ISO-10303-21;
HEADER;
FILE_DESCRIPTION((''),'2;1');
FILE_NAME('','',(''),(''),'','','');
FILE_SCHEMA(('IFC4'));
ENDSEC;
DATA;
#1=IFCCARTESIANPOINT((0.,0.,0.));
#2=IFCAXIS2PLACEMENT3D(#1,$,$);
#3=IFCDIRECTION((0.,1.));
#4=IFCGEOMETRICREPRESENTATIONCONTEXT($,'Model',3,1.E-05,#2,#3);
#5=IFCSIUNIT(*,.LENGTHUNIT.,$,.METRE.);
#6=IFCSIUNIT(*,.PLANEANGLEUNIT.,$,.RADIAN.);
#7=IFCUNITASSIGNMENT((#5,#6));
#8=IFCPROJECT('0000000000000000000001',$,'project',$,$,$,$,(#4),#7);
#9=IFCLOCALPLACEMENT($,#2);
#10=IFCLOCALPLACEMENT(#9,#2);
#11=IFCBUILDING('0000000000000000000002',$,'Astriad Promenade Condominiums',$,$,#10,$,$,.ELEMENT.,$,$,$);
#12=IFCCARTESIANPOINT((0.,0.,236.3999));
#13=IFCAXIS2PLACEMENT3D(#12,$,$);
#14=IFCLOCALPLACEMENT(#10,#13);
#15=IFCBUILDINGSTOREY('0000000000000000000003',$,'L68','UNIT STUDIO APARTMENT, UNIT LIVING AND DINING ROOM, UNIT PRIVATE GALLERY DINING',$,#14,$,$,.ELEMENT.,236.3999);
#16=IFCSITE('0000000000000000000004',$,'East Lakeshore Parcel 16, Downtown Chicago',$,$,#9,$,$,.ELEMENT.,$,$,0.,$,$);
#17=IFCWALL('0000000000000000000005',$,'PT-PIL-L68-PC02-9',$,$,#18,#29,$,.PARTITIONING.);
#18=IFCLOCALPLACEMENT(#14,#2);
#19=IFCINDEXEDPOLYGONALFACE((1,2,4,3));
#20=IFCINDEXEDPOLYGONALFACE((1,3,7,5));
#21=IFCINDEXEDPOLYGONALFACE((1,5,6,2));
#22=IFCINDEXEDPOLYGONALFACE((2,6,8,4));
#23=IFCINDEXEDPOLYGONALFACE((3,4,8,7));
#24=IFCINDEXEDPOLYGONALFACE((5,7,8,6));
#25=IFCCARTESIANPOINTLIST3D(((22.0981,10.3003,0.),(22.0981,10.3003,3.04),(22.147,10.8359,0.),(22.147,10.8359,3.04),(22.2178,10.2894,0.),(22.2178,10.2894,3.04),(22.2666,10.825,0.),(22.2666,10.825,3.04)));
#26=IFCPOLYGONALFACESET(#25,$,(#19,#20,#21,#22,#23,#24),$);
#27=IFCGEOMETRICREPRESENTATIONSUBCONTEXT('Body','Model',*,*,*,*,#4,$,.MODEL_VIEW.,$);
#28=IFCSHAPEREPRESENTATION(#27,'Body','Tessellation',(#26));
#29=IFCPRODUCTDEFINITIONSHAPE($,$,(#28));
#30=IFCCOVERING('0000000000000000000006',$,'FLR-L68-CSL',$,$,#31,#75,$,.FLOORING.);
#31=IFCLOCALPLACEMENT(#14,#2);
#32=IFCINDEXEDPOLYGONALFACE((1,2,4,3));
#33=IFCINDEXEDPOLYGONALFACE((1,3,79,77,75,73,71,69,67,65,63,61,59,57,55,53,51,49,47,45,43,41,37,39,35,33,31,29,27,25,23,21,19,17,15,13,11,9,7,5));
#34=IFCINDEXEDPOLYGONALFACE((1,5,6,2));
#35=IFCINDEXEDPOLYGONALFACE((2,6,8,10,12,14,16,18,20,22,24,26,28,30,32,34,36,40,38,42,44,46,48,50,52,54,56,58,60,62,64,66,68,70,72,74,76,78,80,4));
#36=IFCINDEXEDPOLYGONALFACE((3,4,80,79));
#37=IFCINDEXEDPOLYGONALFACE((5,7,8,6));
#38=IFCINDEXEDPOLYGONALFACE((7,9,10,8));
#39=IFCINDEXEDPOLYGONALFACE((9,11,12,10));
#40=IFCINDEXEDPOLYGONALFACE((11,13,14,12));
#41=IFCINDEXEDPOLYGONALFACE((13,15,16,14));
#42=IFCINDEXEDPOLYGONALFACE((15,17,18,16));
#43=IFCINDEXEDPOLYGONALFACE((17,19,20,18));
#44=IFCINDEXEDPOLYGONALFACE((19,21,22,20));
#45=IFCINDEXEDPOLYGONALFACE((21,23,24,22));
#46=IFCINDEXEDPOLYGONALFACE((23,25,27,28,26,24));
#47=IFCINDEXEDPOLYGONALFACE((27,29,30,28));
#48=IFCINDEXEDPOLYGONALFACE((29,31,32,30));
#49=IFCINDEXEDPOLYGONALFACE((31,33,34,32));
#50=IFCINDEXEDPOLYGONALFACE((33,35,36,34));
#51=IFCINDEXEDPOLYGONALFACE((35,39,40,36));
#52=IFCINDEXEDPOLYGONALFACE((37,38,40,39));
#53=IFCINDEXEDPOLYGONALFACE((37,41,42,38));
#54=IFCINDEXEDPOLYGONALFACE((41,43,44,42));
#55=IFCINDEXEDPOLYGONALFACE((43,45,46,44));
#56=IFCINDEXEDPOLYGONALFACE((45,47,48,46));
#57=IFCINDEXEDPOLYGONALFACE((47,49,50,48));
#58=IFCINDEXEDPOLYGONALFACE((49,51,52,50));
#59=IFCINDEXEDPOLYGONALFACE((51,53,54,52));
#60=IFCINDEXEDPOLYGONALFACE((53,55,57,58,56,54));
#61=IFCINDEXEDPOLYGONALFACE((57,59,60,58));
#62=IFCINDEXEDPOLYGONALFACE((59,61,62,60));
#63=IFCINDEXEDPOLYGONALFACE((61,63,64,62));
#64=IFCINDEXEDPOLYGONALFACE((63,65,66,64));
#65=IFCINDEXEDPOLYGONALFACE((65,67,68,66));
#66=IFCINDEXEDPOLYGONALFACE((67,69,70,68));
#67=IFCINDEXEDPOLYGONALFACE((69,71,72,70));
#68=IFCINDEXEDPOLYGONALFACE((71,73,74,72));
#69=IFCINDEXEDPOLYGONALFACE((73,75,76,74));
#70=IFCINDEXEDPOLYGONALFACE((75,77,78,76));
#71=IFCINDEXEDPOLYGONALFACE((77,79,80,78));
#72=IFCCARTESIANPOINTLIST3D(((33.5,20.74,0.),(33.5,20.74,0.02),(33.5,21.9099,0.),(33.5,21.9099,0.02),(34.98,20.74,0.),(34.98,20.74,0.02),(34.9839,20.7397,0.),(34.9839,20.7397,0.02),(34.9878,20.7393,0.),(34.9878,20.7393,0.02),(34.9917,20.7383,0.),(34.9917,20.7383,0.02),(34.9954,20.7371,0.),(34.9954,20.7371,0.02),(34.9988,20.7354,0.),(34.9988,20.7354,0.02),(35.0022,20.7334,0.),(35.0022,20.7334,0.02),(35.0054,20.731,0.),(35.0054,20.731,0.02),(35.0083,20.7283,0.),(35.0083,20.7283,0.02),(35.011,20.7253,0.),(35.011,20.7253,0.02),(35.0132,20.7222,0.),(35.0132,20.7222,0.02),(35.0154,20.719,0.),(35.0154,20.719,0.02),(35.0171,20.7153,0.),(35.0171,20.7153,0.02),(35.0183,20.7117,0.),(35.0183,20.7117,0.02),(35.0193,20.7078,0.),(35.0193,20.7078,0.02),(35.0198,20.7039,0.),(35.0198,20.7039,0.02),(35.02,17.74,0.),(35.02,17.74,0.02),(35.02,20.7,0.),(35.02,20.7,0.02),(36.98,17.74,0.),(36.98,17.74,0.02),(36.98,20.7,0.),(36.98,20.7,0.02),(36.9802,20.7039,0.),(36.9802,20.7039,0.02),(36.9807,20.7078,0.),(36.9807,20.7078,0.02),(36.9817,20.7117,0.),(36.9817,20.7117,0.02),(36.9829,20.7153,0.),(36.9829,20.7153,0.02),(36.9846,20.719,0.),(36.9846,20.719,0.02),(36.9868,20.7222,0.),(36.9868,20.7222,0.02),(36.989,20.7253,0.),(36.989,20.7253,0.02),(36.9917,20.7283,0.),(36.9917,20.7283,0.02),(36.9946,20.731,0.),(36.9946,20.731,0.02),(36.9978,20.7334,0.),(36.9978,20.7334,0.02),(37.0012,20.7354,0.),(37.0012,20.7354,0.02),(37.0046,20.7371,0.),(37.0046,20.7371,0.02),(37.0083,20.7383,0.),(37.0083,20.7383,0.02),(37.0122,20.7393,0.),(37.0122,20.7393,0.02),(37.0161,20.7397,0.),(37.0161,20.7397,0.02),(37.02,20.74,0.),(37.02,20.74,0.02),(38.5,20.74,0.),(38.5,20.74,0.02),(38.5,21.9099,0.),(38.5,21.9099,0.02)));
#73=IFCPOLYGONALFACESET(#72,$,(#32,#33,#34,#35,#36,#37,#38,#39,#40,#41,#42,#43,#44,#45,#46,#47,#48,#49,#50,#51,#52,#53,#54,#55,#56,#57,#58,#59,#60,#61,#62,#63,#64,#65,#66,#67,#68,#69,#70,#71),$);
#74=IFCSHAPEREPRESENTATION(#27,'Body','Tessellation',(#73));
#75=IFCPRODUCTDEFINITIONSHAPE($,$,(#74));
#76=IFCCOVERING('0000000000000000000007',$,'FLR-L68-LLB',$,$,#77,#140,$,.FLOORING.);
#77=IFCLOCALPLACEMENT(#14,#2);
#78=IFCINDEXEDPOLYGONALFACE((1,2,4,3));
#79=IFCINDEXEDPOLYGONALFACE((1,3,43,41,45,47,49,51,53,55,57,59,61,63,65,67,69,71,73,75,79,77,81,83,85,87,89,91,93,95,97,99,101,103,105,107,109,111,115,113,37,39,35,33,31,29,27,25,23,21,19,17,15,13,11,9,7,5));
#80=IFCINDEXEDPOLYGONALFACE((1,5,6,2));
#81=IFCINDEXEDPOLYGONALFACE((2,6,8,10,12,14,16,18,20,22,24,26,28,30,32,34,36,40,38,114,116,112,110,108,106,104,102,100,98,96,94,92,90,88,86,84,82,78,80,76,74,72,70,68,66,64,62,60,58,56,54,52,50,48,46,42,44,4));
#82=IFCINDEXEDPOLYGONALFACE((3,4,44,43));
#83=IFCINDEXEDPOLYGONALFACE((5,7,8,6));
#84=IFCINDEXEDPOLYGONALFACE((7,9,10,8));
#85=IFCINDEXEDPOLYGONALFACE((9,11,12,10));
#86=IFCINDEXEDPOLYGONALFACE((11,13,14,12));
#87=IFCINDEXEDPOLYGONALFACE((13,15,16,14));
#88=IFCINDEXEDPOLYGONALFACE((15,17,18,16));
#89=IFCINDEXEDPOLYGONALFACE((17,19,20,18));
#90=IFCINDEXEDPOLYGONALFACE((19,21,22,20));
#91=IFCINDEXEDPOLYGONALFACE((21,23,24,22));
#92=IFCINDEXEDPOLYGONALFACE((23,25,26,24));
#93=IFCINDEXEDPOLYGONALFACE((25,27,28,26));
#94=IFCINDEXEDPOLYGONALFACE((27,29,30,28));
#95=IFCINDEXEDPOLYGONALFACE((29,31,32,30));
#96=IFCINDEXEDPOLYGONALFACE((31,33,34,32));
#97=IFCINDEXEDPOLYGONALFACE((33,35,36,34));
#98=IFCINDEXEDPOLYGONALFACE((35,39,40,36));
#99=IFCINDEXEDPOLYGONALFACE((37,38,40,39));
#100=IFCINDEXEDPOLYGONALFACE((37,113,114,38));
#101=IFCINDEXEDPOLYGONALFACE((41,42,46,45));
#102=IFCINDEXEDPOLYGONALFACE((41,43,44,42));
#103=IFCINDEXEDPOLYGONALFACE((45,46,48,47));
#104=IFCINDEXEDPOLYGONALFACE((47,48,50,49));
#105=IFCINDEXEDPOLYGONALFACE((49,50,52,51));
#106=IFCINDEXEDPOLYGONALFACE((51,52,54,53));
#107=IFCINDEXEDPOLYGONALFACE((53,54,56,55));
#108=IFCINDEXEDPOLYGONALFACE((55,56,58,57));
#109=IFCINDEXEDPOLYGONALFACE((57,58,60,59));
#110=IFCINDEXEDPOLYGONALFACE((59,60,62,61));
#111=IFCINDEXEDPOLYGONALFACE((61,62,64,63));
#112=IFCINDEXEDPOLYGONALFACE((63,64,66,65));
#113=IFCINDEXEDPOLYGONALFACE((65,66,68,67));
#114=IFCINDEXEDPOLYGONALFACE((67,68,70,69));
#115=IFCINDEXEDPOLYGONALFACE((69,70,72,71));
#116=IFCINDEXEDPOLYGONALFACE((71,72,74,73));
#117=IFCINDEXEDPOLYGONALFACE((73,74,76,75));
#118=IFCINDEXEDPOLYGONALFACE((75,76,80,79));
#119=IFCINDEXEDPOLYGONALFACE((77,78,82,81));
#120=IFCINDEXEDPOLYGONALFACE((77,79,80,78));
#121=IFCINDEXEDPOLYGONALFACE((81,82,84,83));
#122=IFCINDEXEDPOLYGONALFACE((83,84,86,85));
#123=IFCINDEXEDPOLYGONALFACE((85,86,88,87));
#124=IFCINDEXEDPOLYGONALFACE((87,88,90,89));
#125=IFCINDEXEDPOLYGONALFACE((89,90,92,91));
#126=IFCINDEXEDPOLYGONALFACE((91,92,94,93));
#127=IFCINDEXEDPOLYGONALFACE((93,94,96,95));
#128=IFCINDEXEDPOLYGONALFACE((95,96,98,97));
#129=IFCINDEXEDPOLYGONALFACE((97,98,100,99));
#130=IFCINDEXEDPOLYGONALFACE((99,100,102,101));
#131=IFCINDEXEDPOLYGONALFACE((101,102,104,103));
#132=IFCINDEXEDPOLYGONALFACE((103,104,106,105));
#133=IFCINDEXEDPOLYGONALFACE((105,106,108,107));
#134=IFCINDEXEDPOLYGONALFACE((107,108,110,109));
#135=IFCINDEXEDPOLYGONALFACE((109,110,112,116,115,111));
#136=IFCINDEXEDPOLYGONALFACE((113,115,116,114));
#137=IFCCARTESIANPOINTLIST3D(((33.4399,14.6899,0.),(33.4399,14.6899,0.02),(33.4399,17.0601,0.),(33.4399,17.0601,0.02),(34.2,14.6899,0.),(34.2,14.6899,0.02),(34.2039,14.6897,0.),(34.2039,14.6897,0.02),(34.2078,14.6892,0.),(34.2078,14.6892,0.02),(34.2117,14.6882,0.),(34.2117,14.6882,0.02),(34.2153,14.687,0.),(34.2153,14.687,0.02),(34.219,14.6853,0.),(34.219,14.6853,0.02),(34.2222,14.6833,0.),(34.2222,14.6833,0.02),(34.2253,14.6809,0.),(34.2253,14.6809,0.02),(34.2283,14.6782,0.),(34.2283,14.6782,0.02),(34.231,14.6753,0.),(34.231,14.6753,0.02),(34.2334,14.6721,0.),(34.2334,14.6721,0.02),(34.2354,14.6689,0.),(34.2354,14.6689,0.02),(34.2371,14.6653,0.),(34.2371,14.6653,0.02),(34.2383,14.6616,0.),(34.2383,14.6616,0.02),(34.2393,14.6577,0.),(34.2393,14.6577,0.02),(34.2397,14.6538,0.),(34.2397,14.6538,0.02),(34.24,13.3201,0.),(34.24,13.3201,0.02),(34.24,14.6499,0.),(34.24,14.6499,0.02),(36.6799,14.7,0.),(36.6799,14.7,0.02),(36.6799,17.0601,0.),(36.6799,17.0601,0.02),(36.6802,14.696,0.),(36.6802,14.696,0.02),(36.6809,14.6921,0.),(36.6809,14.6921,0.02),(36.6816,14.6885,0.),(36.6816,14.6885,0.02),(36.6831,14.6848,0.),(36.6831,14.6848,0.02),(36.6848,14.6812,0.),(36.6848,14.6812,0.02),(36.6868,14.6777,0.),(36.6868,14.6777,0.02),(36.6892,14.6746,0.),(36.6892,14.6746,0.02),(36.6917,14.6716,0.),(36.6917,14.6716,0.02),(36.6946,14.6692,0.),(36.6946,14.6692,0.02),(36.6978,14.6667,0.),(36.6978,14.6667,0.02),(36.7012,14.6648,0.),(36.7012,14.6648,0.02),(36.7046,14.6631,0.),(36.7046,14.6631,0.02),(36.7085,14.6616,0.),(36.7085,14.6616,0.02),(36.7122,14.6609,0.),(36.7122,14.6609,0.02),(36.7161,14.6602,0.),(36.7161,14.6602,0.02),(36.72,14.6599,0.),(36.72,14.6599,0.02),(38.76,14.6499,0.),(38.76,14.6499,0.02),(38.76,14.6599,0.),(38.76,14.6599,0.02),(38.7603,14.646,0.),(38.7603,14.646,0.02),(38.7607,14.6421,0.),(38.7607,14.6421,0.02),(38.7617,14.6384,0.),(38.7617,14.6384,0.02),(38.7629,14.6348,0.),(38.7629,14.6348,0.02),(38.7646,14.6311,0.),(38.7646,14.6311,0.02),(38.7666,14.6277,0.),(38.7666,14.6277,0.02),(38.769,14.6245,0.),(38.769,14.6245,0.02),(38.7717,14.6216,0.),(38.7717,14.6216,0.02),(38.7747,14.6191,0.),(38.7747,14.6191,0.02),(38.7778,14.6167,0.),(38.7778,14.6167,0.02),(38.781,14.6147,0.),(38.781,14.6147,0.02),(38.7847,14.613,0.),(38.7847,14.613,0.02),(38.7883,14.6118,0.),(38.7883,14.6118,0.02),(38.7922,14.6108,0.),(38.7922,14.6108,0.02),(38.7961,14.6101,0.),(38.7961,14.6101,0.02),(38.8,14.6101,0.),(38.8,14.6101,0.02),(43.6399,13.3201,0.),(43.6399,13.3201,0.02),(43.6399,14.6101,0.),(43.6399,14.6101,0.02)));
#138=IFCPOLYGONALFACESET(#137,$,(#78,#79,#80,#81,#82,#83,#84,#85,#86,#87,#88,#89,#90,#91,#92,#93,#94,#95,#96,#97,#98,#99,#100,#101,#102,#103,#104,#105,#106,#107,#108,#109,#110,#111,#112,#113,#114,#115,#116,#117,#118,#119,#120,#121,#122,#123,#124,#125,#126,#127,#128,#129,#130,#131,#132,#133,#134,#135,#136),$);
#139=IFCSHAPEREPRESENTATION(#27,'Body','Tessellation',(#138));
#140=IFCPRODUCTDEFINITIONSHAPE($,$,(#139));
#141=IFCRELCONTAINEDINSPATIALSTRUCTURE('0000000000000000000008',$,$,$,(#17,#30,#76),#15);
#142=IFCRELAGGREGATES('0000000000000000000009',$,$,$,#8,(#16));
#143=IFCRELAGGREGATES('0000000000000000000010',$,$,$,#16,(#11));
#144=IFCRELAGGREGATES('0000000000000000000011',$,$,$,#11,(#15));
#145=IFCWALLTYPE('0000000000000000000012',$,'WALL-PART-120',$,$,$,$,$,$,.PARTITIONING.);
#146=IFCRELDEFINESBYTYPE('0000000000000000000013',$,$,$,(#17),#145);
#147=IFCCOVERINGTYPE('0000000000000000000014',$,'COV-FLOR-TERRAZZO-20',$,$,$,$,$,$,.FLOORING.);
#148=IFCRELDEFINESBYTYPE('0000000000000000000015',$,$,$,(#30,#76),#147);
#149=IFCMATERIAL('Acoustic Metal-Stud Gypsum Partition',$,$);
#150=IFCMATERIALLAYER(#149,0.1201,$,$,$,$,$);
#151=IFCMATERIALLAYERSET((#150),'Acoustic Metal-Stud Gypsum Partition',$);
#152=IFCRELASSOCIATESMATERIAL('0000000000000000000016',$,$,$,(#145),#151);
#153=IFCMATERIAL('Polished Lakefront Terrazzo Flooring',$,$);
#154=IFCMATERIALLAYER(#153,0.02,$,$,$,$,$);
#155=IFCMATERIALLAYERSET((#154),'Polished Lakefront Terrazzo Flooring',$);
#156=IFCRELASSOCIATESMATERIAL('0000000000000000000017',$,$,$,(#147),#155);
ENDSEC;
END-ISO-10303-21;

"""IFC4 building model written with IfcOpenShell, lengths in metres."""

from ifc_helpers import new_model, si_unit, direction, frame, frame_2d, origin, place, context, subcontext, project, spatial, polyline, rectangle, outline, extrude, material, layer, layer_set, type_object, element, save


model = new_model("IFC4")

# Units and contexts
model_context = context("Model", 3, precision=1e-05, world=origin(), true_north=direction((0.0, 1.0)))
body_context = subcontext(model_context, "Body", "Model", "MODEL_VIEW")
ifc_project = project(units=[si_unit("LENGTHUNIT", "METRE"), si_unit("PLANEANGLEUNIT", "RADIAN")], contexts=[model_context])

# Site, building, storey
site_placement = place(None, origin())
site = spatial("IfcSite", under=ifc_project, at=site_placement, Name="East Lakeshore Parcel 16, Downtown Chicago", CompositionType="ELEMENT", RefElevation=0.0)
building_placement = place(site_placement, origin())
building = spatial("IfcBuilding", under=site, at=building_placement, Name="Astriad Promenade Condominiums", CompositionType="ELEMENT")
storey_placement = place(building_placement, frame((0.0, 0.0, 236.3999)))
storey = spatial("IfcBuildingStorey", under=building, at=storey_placement, Name="L68", Description="UNIT STUDIO APARTMENT, UNIT LIVING AND DINING ROOM, UNIT PRIVATE GALLERY DINING", CompositionType="ELEMENT", Elevation=236.3999)

# Shared definitions
ifc_material_1 = material(Name="Acoustic Metal-Stud Gypsum Partition")
ifc_layer_1 = layer(ifc_material_1, 0.1201)
ifc_layer_set_1 = layer_set([ifc_layer_1], Name="Acoustic Metal-Stud Gypsum Partition")
wall_type_1 = type_object("IfcWallType", Name="WALL-PART-120", PredefinedType="PARTITIONING", material=ifc_layer_set_1)

# Wall
wall_1_placement = place(storey_placement, frame((22.2068, 10.8306, 0.0), z_axis=(0.0, 0.0, 1.0), x_axis=(-0.090781, -0.995871, 0.0)))
element("IfcWall", 1, at=wall_1_placement, inside=storey, type_object=wall_type_1, Name="PT-PIL-L68-PC02-9", PredefinedType="PARTITIONING", context=body_context, shape_type="SweptSolid", body=[
    extrude(rectangle(XDim=0.5378, YDim=0.1201, at=frame_2d((0.269, 0.0))), origin(), (0.0, 0.0, 1.0), 3.04),
])

# Coverings
ifc_material_2 = material(Name="Polished Lakefront Terrazzo Flooring")
ifc_layer_2 = layer(ifc_material_2, 0.02)
ifc_layer_set_2 = layer_set([ifc_layer_2], Name="Polished Lakefront Terrazzo Flooring")
covering_type = type_object("IfcCoveringType", Name="COV-FLOR-TERRAZZO-20", PredefinedType="FLOORING", material=ifc_layer_set_2)
covering_1_placement = place(storey_placement, origin())
element("IfcCovering", 2, at=covering_1_placement, inside=storey, type_object=covering_type, Name="FLR-L68-CSL", PredefinedType="FLOORING", context=body_context, shape_type="SweptSolid", body=[
    extrude(outline(polyline([(36.98, 20.7), (36.98, 17.74), (35.02, 17.74), (35.02, 20.7), (35.0198, 20.7039), (35.0193, 20.7078), (35.0183, 20.7117), (35.0171, 20.7153), (35.0154, 20.719), (35.0132, 20.7222), (35.011, 20.7253), (35.0083, 20.7283), (35.0054, 20.731), (35.0022, 20.7334), (34.9988, 20.7354), (34.9954, 20.7371), (34.9917, 20.7383), (34.9878, 20.7393), (34.9839, 20.7397), (34.98, 20.74), (33.5, 20.74), (33.5, 21.9099), (38.5, 21.9099), (38.5, 20.74), (37.02, 20.74), (37.0161, 20.7397), (37.0122, 20.7393), (37.0083, 20.7383), (37.0046, 20.7371), (37.0012, 20.7354), (36.9978, 20.7334), (36.9946, 20.731), (36.9917, 20.7283), (36.989, 20.7253), (36.9868, 20.7222), (36.9846, 20.719), (36.9829, 20.7153), (36.9817, 20.7117), (36.9807, 20.7078), (36.9802, 20.7039), (36.98, 20.7)])), origin(), (0.0, 0.0, 1.0), 0.02),
])
covering_2_placement = place(storey_placement, origin())
element("IfcCovering", 3, at=covering_2_placement, inside=storey, type_object=covering_type, Name="FLR-L68-LLB", PredefinedType="FLOORING", context=body_context, shape_type="SweptSolid", body=[
    extrude(outline(polyline([(43.6399, 14.6101), (43.6399, 13.3201), (34.24, 13.3201), (34.24, 14.6499), (34.2397, 14.6538), (34.2393, 14.6577), (34.2383, 14.6616), (34.2371, 14.6653), (34.2354, 14.6689), (34.2334, 14.6721), (34.231, 14.6753), (34.2283, 14.6782), (34.2253, 14.6809), (34.2222, 14.6833), (34.219, 14.6853), (34.2153, 14.687), (34.2117, 14.6882), (34.2078, 14.6892), (34.2039, 14.6897), (34.2, 14.6899), (33.4399, 14.6899), (33.4399, 17.0601), (36.6799, 17.0601), (36.6799, 14.7), (36.6802, 14.696), (36.6809, 14.6921), (36.6816, 14.6885), (36.6831, 14.6848), (36.6848, 14.6812), (36.6868, 14.6777), (36.6892, 14.6746), (36.6917, 14.6716), (36.6946, 14.6692), (36.6978, 14.6667), (36.7012, 14.6648), (36.7046, 14.6631), (36.7085, 14.6616), (36.7122, 14.6609), (36.7161, 14.6602), (36.72, 14.6599), (38.76, 14.6599), (38.76, 14.6499), (38.7603, 14.646), (38.7607, 14.6421), (38.7617, 14.6384), (38.7629, 14.6348), (38.7646, 14.6311), (38.7666, 14.6277), (38.769, 14.6245), (38.7717, 14.6216), (38.7747, 14.6191), (38.7778, 14.6167), (38.781, 14.6147), (38.7847, 14.613), (38.7883, 14.6118), (38.7922, 14.6108), (38.7961, 14.6101), (38.8, 14.6101), (43.6399, 14.6101)])), origin(), (0.0, 0.0, 1.0), 0.02),
])

save(model, "model.ifc")
